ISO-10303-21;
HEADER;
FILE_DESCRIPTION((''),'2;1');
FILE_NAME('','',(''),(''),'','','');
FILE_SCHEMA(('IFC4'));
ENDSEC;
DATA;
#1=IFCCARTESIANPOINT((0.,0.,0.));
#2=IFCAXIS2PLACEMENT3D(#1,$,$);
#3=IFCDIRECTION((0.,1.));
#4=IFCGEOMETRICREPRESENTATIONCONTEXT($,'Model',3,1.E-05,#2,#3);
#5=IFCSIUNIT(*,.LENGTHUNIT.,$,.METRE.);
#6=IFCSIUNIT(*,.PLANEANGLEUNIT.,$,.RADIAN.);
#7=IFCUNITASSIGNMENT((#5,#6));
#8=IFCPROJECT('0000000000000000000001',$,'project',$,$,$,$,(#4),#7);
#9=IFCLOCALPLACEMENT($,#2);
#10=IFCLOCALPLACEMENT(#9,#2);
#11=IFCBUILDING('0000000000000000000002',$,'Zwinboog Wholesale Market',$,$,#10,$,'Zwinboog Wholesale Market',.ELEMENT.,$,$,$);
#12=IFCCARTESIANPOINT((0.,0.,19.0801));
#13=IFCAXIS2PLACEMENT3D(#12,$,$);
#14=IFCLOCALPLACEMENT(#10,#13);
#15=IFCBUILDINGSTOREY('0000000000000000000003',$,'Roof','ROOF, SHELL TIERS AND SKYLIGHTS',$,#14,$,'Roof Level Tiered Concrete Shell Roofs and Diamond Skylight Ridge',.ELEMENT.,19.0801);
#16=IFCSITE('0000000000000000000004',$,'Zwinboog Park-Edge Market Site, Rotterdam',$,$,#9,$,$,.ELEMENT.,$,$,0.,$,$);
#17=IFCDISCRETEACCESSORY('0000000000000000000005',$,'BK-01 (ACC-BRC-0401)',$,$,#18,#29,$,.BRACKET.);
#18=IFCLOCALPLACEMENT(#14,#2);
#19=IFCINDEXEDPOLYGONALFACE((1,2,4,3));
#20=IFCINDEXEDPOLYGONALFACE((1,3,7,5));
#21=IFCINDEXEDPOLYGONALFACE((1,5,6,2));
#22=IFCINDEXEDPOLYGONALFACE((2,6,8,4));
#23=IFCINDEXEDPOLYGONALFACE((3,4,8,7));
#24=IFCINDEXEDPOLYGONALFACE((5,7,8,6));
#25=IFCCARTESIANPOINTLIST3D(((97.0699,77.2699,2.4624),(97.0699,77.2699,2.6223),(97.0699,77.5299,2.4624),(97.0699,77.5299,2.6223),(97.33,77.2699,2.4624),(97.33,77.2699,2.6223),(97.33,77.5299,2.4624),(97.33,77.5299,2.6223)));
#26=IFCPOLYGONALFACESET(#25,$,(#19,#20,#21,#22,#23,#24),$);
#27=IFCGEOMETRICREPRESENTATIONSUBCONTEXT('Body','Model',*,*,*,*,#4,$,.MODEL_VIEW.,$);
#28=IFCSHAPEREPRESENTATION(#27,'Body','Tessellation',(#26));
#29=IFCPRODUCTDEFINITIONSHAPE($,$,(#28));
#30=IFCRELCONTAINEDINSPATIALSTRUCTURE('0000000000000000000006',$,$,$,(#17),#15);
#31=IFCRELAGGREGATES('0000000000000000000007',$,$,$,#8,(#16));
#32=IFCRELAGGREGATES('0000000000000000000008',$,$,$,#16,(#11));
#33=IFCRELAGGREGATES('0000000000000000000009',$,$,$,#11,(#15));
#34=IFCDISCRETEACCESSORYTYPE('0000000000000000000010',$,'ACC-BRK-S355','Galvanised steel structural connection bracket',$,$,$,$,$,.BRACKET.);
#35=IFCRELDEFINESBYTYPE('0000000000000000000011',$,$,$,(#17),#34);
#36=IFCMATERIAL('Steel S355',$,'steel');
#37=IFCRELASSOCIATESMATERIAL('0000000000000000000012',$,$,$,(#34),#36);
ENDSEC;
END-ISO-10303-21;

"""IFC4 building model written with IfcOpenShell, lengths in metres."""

from ifc_helpers import new_model, si_unit, direction, frame, origin, origin_2d, place, context, subcontext, project, spatial, rectangle, extrude, material, type_object, element, save


model = new_model("IFC4")

# Units and contexts
model_context = context("Model", 3, precision=1e-05, world=origin(), true_north=direction((0.0, 1.0)))
body_context = subcontext(model_context, "Body", "Model", "MODEL_VIEW")
ifc_project = project(units=[si_unit("LENGTHUNIT", "METRE"), si_unit("PLANEANGLEUNIT", "RADIAN")], contexts=[model_context])

# Site, building, storey
site_placement = place(None, origin())
site = spatial("IfcSite", under=ifc_project, at=site_placement, Name="Zwinboog Park-Edge Market Site, Rotterdam", CompositionType="ELEMENT", RefElevation=0.0)
building_placement = place(site_placement, origin())
building = spatial("IfcBuilding", under=site, at=building_placement, Name="Zwinboog Wholesale Market", LongName="Zwinboog Wholesale Market", CompositionType="ELEMENT")
storey_placement = place(building_placement, frame((0.0, 0.0, 19.0801)))
storey = spatial("IfcBuildingStorey", under=building, at=storey_placement, Name="Roof", Description="ROOF, SHELL TIERS AND SKYLIGHTS", LongName="Roof Level Tiered Concrete Shell Roofs and Diamond Skylight Ridge", CompositionType="ELEMENT", Elevation=19.0801)

# Shared definitions
ifc_material_1 = material(Name="Steel S355", Category="steel")

# Discrete accessory
discrete_accessory_type = type_object("IfcDiscreteAccessoryType", Name="ACC-BRK-S355", Description="Galvanised steel structural connection bracket", PredefinedType="BRACKET", material=ifc_material_1)
for number, where, z_axis, x_axis, name in (
    (1, (97.2, 77.3999, 2.4624), (0.0, 0.0, 1.0), (1.0, 0.0, 0.0), "BK-01 (ACC-BRC-0401)"),
):
    element("IfcDiscreteAccessory", number, at=place(storey_placement, frame(where, z_axis=z_axis, x_axis=x_axis)), inside=storey, type_object=discrete_accessory_type, Name=name, PredefinedType="BRACKET", context=body_context, shape_type="SweptSolid", body=[
        extrude(rectangle(XDim=0.26, YDim=0.26, at=origin_2d()), origin(), (0.0, 0.0, 1.0), 0.1599),
    ])

save(model, "model.ifc")
